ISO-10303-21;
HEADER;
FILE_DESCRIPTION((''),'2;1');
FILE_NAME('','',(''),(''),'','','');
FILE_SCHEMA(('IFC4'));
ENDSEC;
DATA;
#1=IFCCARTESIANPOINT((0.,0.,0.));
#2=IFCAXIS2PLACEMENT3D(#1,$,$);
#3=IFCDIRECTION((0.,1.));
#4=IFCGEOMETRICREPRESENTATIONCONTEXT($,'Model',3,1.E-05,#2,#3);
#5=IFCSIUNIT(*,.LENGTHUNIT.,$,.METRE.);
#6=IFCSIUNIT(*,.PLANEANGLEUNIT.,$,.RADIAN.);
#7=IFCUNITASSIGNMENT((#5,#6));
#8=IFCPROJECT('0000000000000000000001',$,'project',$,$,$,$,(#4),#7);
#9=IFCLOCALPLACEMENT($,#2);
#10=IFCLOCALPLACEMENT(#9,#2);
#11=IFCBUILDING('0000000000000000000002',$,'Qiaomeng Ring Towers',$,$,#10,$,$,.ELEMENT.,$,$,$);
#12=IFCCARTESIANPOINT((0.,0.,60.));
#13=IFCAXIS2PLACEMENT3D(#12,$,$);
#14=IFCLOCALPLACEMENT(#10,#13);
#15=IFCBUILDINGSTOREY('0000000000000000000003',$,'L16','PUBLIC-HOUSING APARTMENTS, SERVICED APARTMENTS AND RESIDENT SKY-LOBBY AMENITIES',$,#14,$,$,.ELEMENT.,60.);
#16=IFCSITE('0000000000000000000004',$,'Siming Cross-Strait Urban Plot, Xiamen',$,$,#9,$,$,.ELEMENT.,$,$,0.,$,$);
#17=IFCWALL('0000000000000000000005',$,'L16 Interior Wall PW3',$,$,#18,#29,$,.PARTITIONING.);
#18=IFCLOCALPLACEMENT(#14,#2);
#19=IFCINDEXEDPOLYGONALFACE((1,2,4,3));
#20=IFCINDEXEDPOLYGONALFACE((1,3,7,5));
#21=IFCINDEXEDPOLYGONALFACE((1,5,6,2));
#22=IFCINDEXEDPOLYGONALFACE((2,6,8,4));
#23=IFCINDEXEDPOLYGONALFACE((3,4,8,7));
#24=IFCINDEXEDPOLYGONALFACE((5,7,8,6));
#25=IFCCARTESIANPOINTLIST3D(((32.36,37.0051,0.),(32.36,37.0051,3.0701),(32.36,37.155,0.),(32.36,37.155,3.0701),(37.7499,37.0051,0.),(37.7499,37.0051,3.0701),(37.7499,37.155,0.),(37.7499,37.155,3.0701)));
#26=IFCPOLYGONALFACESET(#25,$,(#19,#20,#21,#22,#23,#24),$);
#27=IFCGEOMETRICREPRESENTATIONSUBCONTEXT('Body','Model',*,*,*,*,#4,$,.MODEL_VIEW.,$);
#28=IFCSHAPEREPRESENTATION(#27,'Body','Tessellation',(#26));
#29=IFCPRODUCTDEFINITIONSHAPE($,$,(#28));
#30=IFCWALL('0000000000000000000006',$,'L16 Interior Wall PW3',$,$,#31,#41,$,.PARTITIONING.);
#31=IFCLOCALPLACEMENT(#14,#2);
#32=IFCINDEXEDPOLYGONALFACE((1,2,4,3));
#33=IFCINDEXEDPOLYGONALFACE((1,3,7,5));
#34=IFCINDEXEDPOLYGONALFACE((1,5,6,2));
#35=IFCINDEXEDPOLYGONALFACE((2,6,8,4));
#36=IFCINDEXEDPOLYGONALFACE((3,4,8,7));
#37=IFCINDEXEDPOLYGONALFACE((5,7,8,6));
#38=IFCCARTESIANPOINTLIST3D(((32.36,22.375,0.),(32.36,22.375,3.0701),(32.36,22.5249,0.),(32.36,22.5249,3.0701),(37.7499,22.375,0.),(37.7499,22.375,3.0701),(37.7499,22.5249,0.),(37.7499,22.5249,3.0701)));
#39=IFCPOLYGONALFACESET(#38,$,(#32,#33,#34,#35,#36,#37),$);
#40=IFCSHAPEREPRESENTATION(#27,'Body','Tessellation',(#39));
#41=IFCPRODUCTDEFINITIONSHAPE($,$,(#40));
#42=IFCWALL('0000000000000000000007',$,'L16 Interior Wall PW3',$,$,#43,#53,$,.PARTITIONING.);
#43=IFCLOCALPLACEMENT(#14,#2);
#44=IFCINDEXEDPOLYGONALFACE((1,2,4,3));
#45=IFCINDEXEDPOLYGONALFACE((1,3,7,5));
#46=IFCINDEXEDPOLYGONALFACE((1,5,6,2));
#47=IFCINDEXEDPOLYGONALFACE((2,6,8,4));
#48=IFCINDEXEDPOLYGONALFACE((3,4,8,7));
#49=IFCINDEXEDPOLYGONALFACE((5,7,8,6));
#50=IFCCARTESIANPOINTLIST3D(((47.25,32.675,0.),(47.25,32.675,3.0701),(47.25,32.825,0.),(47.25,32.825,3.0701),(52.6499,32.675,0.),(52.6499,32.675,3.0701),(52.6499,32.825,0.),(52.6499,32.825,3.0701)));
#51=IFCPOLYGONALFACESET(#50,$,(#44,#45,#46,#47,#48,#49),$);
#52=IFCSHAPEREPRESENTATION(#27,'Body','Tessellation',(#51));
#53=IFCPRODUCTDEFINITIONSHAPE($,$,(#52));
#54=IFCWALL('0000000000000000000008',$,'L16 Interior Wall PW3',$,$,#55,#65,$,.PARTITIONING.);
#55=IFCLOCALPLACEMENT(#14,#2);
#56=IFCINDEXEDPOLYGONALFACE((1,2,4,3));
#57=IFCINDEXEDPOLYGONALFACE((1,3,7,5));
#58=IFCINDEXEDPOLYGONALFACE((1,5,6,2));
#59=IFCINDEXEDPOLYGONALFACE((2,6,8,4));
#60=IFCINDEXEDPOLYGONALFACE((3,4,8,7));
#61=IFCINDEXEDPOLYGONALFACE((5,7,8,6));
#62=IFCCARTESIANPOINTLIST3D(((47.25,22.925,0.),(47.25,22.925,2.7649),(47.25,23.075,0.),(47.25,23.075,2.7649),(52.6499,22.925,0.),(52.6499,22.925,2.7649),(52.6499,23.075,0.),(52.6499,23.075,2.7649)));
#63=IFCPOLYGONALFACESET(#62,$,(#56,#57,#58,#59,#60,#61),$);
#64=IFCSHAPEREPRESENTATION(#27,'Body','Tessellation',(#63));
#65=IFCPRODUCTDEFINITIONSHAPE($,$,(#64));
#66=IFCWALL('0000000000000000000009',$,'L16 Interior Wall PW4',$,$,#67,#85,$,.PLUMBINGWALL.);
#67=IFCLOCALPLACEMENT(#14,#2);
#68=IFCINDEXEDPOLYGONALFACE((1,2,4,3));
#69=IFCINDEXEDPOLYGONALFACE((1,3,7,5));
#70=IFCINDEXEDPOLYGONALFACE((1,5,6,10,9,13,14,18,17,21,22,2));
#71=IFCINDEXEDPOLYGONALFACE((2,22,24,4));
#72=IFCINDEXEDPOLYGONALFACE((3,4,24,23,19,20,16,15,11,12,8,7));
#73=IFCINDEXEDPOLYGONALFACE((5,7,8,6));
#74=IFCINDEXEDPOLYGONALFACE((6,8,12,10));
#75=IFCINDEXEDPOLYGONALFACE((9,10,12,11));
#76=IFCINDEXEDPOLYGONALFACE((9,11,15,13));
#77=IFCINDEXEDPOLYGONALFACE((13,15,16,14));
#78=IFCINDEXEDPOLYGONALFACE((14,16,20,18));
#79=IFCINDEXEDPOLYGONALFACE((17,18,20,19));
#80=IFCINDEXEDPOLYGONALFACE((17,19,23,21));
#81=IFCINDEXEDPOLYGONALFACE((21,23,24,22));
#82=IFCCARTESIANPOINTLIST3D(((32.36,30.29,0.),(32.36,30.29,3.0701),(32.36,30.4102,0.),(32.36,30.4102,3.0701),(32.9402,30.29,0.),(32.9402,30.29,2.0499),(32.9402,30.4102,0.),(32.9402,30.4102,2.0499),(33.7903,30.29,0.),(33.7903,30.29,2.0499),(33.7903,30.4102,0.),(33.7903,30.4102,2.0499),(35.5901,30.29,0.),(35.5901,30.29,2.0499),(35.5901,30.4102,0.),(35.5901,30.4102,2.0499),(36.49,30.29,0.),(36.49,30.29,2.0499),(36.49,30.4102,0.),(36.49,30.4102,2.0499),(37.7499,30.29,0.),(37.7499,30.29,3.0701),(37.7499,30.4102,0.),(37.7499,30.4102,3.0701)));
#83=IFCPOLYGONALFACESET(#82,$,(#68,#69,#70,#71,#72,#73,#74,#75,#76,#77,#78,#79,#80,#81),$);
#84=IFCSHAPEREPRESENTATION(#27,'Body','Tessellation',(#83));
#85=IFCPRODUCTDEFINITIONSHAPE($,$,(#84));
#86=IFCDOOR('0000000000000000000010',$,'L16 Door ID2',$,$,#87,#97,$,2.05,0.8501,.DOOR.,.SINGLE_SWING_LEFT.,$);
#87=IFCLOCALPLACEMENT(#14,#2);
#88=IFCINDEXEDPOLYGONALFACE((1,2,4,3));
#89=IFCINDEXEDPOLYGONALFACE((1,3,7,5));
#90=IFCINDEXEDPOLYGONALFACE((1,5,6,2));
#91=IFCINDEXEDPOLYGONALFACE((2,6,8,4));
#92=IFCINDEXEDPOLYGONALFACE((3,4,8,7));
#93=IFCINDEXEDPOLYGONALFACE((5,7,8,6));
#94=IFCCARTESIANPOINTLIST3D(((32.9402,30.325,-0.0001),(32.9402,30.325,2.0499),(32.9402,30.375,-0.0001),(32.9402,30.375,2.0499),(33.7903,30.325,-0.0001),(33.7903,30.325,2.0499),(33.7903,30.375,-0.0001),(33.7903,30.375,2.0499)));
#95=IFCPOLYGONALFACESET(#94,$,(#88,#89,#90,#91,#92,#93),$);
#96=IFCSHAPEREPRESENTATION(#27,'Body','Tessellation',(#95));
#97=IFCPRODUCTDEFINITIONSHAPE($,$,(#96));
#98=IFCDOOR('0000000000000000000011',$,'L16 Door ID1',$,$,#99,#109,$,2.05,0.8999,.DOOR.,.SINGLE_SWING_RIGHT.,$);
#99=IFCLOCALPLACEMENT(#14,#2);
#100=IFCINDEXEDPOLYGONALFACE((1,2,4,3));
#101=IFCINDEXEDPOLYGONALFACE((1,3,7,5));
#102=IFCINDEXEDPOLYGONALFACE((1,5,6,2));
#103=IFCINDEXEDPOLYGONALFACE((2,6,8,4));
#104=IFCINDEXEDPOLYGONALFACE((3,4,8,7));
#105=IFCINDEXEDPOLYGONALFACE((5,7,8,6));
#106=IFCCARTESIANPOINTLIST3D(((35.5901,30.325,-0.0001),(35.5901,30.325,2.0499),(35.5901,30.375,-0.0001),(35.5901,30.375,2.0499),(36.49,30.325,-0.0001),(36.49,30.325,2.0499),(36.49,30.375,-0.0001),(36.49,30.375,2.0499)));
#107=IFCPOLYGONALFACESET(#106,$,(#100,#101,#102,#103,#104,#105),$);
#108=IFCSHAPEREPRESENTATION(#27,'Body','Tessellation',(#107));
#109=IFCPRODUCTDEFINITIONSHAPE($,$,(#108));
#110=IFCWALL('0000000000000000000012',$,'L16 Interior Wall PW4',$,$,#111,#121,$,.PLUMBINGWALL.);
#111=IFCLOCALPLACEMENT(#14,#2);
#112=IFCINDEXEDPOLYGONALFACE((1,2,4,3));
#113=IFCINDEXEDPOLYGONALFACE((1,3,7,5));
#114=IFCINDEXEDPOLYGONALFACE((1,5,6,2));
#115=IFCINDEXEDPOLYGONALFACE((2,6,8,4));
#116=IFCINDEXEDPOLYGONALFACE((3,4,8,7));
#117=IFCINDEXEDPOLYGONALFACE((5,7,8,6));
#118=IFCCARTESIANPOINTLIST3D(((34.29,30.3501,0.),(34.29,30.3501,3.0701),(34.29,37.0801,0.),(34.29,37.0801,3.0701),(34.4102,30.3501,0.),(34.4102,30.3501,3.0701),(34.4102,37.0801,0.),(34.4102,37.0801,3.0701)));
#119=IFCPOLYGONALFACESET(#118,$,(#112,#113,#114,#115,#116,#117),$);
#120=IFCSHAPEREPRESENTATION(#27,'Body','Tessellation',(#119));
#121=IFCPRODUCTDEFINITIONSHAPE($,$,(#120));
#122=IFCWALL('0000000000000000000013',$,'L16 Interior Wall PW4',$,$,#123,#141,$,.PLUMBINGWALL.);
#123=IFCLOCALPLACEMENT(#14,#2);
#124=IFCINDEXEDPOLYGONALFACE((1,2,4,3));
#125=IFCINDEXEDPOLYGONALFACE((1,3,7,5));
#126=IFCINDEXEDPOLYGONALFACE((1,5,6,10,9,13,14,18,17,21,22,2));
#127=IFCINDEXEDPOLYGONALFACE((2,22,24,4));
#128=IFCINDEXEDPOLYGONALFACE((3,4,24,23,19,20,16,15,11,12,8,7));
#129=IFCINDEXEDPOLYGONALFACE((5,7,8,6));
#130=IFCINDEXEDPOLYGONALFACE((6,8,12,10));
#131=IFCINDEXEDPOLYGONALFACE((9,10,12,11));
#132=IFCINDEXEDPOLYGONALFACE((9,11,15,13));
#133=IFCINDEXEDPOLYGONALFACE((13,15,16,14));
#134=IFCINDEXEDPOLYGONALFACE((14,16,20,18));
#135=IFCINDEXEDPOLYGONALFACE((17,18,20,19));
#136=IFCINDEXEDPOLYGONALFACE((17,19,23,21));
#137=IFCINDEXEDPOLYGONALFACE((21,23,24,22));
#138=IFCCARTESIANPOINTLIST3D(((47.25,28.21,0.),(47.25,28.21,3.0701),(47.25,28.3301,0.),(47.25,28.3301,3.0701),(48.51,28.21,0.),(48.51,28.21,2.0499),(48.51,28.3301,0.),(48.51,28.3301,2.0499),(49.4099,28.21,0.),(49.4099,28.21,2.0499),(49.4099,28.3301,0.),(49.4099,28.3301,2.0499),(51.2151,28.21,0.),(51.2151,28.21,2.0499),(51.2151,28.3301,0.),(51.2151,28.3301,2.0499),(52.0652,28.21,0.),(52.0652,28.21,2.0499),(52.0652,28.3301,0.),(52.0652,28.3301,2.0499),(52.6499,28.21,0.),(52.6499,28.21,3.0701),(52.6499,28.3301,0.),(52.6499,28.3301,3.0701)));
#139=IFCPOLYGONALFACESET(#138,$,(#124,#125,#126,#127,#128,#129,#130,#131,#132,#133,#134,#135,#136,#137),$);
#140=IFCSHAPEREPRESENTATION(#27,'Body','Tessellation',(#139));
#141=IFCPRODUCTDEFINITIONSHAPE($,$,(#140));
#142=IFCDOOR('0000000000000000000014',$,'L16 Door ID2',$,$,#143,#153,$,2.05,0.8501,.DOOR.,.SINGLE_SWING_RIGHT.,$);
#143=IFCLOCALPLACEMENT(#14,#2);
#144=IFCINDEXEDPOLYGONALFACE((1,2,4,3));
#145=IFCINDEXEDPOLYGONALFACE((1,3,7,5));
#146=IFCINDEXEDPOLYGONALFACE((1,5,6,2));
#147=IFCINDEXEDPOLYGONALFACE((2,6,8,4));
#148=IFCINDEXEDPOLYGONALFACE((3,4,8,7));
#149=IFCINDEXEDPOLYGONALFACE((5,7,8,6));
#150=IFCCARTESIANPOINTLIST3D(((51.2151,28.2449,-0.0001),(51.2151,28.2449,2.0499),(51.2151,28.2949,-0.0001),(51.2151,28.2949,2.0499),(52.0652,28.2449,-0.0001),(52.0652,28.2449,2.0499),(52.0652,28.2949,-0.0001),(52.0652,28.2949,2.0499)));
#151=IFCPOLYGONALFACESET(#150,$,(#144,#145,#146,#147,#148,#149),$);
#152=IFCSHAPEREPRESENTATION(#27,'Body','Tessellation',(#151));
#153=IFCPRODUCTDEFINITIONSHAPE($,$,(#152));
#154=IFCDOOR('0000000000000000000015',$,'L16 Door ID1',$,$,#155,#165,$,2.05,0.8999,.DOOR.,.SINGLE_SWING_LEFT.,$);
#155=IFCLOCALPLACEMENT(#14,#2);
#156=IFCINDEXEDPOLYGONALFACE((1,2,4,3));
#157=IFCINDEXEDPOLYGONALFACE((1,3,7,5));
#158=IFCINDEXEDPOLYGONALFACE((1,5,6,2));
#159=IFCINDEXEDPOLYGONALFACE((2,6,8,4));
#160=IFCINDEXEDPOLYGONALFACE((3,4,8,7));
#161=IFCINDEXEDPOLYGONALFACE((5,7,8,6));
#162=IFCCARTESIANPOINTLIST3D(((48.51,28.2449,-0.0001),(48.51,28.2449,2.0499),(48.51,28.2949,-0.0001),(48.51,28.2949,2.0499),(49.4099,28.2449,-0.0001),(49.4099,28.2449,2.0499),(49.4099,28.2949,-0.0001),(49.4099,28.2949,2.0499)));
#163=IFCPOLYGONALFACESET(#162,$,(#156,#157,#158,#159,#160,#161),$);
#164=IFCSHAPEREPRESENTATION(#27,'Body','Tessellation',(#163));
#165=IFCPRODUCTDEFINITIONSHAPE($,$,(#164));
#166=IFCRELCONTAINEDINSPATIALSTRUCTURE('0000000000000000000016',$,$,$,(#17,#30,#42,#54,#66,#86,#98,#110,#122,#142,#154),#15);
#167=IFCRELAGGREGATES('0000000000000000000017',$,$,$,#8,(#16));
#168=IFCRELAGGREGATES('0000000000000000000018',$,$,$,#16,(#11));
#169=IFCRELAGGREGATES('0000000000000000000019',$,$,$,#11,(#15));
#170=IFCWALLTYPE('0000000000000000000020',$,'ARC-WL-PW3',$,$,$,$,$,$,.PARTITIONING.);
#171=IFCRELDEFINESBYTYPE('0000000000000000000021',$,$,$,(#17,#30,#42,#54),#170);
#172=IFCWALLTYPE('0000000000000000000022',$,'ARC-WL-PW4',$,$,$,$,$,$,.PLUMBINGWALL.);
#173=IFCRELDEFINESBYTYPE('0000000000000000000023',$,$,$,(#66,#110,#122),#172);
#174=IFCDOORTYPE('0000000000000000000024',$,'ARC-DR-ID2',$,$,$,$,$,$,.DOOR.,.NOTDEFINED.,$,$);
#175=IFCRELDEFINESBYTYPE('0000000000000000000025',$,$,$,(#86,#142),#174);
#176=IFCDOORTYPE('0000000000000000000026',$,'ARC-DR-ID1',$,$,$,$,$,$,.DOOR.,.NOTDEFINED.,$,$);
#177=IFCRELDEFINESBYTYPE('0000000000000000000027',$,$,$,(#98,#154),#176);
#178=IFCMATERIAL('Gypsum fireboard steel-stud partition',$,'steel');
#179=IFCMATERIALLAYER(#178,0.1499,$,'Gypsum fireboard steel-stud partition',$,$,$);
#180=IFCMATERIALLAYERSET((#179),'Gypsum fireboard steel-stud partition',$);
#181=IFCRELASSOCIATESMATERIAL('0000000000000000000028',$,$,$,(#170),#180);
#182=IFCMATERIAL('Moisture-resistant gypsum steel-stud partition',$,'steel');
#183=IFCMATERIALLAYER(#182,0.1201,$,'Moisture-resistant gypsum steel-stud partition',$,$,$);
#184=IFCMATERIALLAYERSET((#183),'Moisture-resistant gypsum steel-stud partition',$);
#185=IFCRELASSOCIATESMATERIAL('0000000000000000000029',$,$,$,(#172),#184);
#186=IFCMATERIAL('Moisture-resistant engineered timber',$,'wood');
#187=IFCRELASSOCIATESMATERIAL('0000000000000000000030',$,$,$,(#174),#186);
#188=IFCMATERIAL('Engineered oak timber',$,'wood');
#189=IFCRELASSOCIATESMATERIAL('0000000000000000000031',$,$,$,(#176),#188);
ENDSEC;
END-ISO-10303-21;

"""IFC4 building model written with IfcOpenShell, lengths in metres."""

from ifc_helpers import new_model, si_unit, direction, frame, frame_2d, origin, place, context, subcontext, project, spatial, rectangle, extrude, source, transform, mapped, material, layer, layer_set, type_object, element, fill, save


model = new_model("IFC4")

# Units and contexts
model_context = context("Model", 3, precision=1e-05, world=origin(), true_north=direction((0.0, 1.0)))
body_context = subcontext(model_context, "Body", "Model", "MODEL_VIEW")
ifc_project = project(units=[si_unit("LENGTHUNIT", "METRE"), si_unit("PLANEANGLEUNIT", "RADIAN")], contexts=[model_context])

# Site, building, storey
site_placement = place(None, origin())
site = spatial("IfcSite", under=ifc_project, at=site_placement, Name="Siming Cross-Strait Urban Plot, Xiamen", CompositionType="ELEMENT", RefElevation=0.0)
building_placement = place(site_placement, origin())
building = spatial("IfcBuilding", under=site, at=building_placement, Name="Qiaomeng Ring Towers", CompositionType="ELEMENT")
storey_placement = place(building_placement, frame((0.0, 0.0, 60.0)))
storey = spatial("IfcBuildingStorey", under=building, at=storey_placement, Name="L16", Description="PUBLIC-HOUSING APARTMENTS, SERVICED APARTMENTS AND RESIDENT SKY-LOBBY AMENITIES", CompositionType="ELEMENT", Elevation=60.0)

# Walls
ifc_material_1 = material(Name="Gypsum fireboard steel-stud partition", Category="steel")
ifc_layer_1 = layer(ifc_material_1, 0.1499, Name="Gypsum fireboard steel-stud partition")
ifc_layer_set_1 = layer_set([ifc_layer_1], Name="Gypsum fireboard steel-stud partition")
wall_type_1 = type_object("IfcWallType", Name="ARC-WL-PW3", PredefinedType="PARTITIONING", material=ifc_layer_set_1)
for number, where, z_axis, x_axis, name in (
    (1, (32.3601, 37.0801, 0.0), (0.0, 0.0, 1.0), (1.0, 0.0, 0.0), "L16 Interior Wall PW3"),
    (2, (32.3601, 22.45, 0.0), (0.0, 0.0, 1.0), (1.0, 0.0, 0.0), "L16 Interior Wall PW3"),
):
    element("IfcWall", number, at=place(storey_placement, frame(where, z_axis=z_axis, x_axis=x_axis)), inside=storey, type_object=wall_type_1, Name=name, PredefinedType="PARTITIONING", context=body_context, shape_type="SweptSolid", body=[
        extrude(rectangle(XDim=5.3899, YDim=0.1499, at=frame_2d((2.6948, 0.0))), origin(), (0.0, 0.0, 1.0), 3.0701),
    ])
wall_1_placement = place(storey_placement, frame((47.25, 32.75, 0.0), z_axis=(0.0, 0.0, 1.0), x_axis=(1.0, 0.0, 0.0)))
element("IfcWall", 3, at=wall_1_placement, inside=storey, type_object=wall_type_1, Name="L16 Interior Wall PW3", PredefinedType="PARTITIONING", context=body_context, shape_type="SweptSolid", body=[
    extrude(rectangle(XDim=5.3999, YDim=0.1499, at=frame_2d((2.7, 0.0))), origin(), (0.0, 0.0, 1.0), 3.0701),
])
wall_2_placement = place(storey_placement, frame((47.25, 23.0, 0.0), z_axis=(0.0, 0.0, 1.0), x_axis=(1.0, 0.0, 0.0)))
element("IfcWall", 4, at=wall_2_placement, inside=storey, type_object=wall_type_1, Name="L16 Interior Wall PW3", PredefinedType="PARTITIONING", context=body_context, shape_type="SweptSolid", body=[
    extrude(rectangle(XDim=5.3999, YDim=0.1499, at=frame_2d((2.7, 0.0))), origin(), (0.0, 0.0, 1.0), 2.7649),
])

# Wall, openings, doors
ifc_material_2 = material(Name="Moisture-resistant gypsum steel-stud partition", Category="steel")
ifc_layer_2 = layer(ifc_material_2, 0.1201, Name="Moisture-resistant gypsum steel-stud partition")
ifc_layer_set_2 = layer_set([ifc_layer_2], Name="Moisture-resistant gypsum steel-stud partition")
wall_type_2 = type_object("IfcWallType", Name="ARC-WL-PW4", PredefinedType="PLUMBINGWALL", material=ifc_layer_set_2)
wall_3_placement = place(storey_placement, frame((32.3601, 30.3501, 0.0), z_axis=(0.0, 0.0, 1.0), x_axis=(1.0, 0.0, 0.0)))
wall_3 = element("IfcWall", 5, at=wall_3_placement, inside=storey, type_object=wall_type_2, Name="L16 Interior Wall PW4", PredefinedType="PLUMBINGWALL", context=body_context, shape_type="SweptSolid", body=[
    extrude(rectangle(XDim=5.3899, YDim=0.1201, at=frame_2d((2.6948, 0.0))), origin(), (0.0, 0.0, 1.0), 3.0701),
])
opening_1_placement = place(wall_3_placement, frame((0.5801, 0.0, 0.0)))
opening_1 = element("IfcOpeningElement", 6, at=opening_1_placement, cuts=wall_3, PredefinedType="OPENING", context=body_context, shape_type="SweptSolid", body=[
    extrude(rectangle(XDim=0.8501, YDim=2.05, at=frame_2d((0.425, 1.0249))), frame((0.0, 0.0701, 0.0), z_axis=(0.0, -1.0, 0.0), x_axis=(1.0, 0.0, 0.0)), (0.0, 0.0, 1.0), 0.1401),
])
opening_2_placement = place(wall_3_placement, frame((3.23, 0.0, 0.0)))
opening_2 = element("IfcOpeningElement", 7, at=opening_2_placement, cuts=wall_3, PredefinedType="OPENING", context=body_context, shape_type="SweptSolid", body=[
    extrude(rectangle(XDim=0.8999, YDim=2.05, at=frame_2d((0.45, 1.0249))), frame((0.0, 0.0701, 0.0), z_axis=(0.0, -1.0, 0.0), x_axis=(1.0, 0.0, 0.0)), (0.0, 0.0, 1.0), 0.1401),
])
ifc_material_3 = material(Name="Moisture-resistant engineered timber", Category="wood")
door_type_1 = type_object("IfcDoorType", Name="ARC-DR-ID2", OperationType="NOTDEFINED", PredefinedType="DOOR", material=ifc_material_3)
shared_shape_1 = source(origin(), body_context, "Body", "SweptSolid", [
    extrude(rectangle(XDim=0.8501, YDim=2.05, at=frame_2d((0.425, 1.0249))), frame((0.0, 0.0249, 0.0), z_axis=(0.0, -1.0, 0.0), x_axis=(1.0, 0.0, 0.0)), (0.0, 0.0, 1.0), 0.05),
])
door_1_placement = place(opening_1_placement, origin())
door_1 = element("IfcDoor", 8, at=door_1_placement, inside=storey, type_object=door_type_1, Name="L16 Door ID2", OperationType="SINGLE_SWING_LEFT", OverallHeight=2.05, OverallWidth=0.8501, PredefinedType="DOOR", context=body_context, shape_type="MappedRepresentation", body=[
    mapped(shared_shape_1, transform((0.0, 0.0, 0.0), x_axis=(1.0, 0.0, 0.0), y_axis=(0.0, 1.0, 0.0), z_axis=(0.0, 0.0, 1.0), scale=1.0)),
])
fill(opening_1, door_1)
ifc_material_4 = material(Name="Engineered oak timber", Category="wood")
door_type_2 = type_object("IfcDoorType", Name="ARC-DR-ID1", OperationType="NOTDEFINED", PredefinedType="DOOR", material=ifc_material_4)
shared_shape_2 = source(origin(), body_context, "Body", "SweptSolid", [
    extrude(rectangle(XDim=0.8999, YDim=2.05, at=frame_2d((0.45, 1.0249))), frame((0.0, 0.0249, 0.0), z_axis=(0.0, -1.0, 0.0), x_axis=(1.0, 0.0, 0.0)), (0.0, 0.0, 1.0), 0.05),
])
door_2_placement = place(opening_2_placement, origin())
door_2 = element("IfcDoor", 9, at=door_2_placement, inside=storey, type_object=door_type_2, Name="L16 Door ID1", OperationType="SINGLE_SWING_RIGHT", OverallHeight=2.05, OverallWidth=0.8999, PredefinedType="DOOR", context=body_context, shape_type="MappedRepresentation", body=[
    mapped(shared_shape_2, transform((0.0, 0.0, 0.0), x_axis=(1.0, 0.0, 0.0), y_axis=(0.0, 1.0, 0.0), z_axis=(0.0, 0.0, 1.0), scale=1.0)),
])
fill(opening_2, door_2)

# Wall
wall_4_placement = place(storey_placement, frame((34.3501, 30.3501, 0.0), z_axis=(0.0, 0.0, 1.0), x_axis=(0.0, 1.0, 0.0)))
element("IfcWall", 10, at=wall_4_placement, inside=storey, type_object=wall_type_2, Name="L16 Interior Wall PW4", PredefinedType="PLUMBINGWALL", context=body_context, shape_type="SweptSolid", body=[
    extrude(rectangle(XDim=6.73, YDim=0.1201, at=frame_2d((3.365, 0.0))), origin(), (0.0, 0.0, 1.0), 3.0701),
])

# Wall, openings, doors
wall_5_placement = place(storey_placement, frame((47.25, 28.27, 0.0), z_axis=(0.0, 0.0, 1.0), x_axis=(1.0, 0.0, 0.0)))
wall_5 = element("IfcWall", 11, at=wall_5_placement, inside=storey, type_object=wall_type_2, Name="L16 Interior Wall PW4", PredefinedType="PLUMBINGWALL", context=body_context, shape_type="SweptSolid", body=[
    extrude(rectangle(XDim=5.3999, YDim=0.1201, at=frame_2d((2.7, 0.0))), origin(), (0.0, 0.0, 1.0), 3.0701),
])
opening_3_placement = place(wall_5_placement, frame((1.26, 0.0, 0.0)))
opening_3 = element("IfcOpeningElement", 12, at=opening_3_placement, cuts=wall_5, PredefinedType="OPENING", context=body_context, shape_type="SweptSolid", body=[
    extrude(rectangle(XDim=0.8999, YDim=2.05, at=frame_2d((0.45, 1.0249))), frame((0.0, 0.0701, 0.0), z_axis=(0.0, -1.0, 0.0), x_axis=(1.0, 0.0, 0.0)), (0.0, 0.0, 1.0), 0.1401),
])
opening_4_placement = place(wall_5_placement, frame((3.9651, 0.0, 0.0)))
opening_4 = element("IfcOpeningElement", 13, at=opening_4_placement, cuts=wall_5, PredefinedType="OPENING", context=body_context, shape_type="SweptSolid", body=[
    extrude(rectangle(XDim=0.8501, YDim=2.05, at=frame_2d((0.425, 1.0249))), frame((0.0, 0.0701, 0.0), z_axis=(0.0, -1.0, 0.0), x_axis=(1.0, 0.0, 0.0)), (0.0, 0.0, 1.0), 0.1401),
])
door_3_placement = place(opening_4_placement, origin())
door_3 = element("IfcDoor", 14, at=door_3_placement, inside=storey, type_object=door_type_1, Name="L16 Door ID2", OperationType="SINGLE_SWING_RIGHT", OverallHeight=2.05, OverallWidth=0.8501, PredefinedType="DOOR", context=body_context, shape_type="MappedRepresentation", body=[
    mapped(shared_shape_1, transform((0.0, 0.0, 0.0), x_axis=(1.0, 0.0, 0.0), y_axis=(0.0, 1.0, 0.0), z_axis=(0.0, 0.0, 1.0), scale=1.0)),
])
fill(opening_4, door_3)
door_4_placement = place(opening_3_placement, origin())
door_4 = element("IfcDoor", 15, at=door_4_placement, inside=storey, type_object=door_type_2, Name="L16 Door ID1", OperationType="SINGLE_SWING_LEFT", OverallHeight=2.05, OverallWidth=0.8999, PredefinedType="DOOR", context=body_context, shape_type="MappedRepresentation", body=[
    mapped(shared_shape_2, transform((0.0, 0.0, 0.0), x_axis=(1.0, 0.0, 0.0), y_axis=(0.0, 1.0, 0.0), z_axis=(0.0, 0.0, 1.0), scale=1.0)),
])
fill(opening_3, door_4)

save(model, "model.ifc")
